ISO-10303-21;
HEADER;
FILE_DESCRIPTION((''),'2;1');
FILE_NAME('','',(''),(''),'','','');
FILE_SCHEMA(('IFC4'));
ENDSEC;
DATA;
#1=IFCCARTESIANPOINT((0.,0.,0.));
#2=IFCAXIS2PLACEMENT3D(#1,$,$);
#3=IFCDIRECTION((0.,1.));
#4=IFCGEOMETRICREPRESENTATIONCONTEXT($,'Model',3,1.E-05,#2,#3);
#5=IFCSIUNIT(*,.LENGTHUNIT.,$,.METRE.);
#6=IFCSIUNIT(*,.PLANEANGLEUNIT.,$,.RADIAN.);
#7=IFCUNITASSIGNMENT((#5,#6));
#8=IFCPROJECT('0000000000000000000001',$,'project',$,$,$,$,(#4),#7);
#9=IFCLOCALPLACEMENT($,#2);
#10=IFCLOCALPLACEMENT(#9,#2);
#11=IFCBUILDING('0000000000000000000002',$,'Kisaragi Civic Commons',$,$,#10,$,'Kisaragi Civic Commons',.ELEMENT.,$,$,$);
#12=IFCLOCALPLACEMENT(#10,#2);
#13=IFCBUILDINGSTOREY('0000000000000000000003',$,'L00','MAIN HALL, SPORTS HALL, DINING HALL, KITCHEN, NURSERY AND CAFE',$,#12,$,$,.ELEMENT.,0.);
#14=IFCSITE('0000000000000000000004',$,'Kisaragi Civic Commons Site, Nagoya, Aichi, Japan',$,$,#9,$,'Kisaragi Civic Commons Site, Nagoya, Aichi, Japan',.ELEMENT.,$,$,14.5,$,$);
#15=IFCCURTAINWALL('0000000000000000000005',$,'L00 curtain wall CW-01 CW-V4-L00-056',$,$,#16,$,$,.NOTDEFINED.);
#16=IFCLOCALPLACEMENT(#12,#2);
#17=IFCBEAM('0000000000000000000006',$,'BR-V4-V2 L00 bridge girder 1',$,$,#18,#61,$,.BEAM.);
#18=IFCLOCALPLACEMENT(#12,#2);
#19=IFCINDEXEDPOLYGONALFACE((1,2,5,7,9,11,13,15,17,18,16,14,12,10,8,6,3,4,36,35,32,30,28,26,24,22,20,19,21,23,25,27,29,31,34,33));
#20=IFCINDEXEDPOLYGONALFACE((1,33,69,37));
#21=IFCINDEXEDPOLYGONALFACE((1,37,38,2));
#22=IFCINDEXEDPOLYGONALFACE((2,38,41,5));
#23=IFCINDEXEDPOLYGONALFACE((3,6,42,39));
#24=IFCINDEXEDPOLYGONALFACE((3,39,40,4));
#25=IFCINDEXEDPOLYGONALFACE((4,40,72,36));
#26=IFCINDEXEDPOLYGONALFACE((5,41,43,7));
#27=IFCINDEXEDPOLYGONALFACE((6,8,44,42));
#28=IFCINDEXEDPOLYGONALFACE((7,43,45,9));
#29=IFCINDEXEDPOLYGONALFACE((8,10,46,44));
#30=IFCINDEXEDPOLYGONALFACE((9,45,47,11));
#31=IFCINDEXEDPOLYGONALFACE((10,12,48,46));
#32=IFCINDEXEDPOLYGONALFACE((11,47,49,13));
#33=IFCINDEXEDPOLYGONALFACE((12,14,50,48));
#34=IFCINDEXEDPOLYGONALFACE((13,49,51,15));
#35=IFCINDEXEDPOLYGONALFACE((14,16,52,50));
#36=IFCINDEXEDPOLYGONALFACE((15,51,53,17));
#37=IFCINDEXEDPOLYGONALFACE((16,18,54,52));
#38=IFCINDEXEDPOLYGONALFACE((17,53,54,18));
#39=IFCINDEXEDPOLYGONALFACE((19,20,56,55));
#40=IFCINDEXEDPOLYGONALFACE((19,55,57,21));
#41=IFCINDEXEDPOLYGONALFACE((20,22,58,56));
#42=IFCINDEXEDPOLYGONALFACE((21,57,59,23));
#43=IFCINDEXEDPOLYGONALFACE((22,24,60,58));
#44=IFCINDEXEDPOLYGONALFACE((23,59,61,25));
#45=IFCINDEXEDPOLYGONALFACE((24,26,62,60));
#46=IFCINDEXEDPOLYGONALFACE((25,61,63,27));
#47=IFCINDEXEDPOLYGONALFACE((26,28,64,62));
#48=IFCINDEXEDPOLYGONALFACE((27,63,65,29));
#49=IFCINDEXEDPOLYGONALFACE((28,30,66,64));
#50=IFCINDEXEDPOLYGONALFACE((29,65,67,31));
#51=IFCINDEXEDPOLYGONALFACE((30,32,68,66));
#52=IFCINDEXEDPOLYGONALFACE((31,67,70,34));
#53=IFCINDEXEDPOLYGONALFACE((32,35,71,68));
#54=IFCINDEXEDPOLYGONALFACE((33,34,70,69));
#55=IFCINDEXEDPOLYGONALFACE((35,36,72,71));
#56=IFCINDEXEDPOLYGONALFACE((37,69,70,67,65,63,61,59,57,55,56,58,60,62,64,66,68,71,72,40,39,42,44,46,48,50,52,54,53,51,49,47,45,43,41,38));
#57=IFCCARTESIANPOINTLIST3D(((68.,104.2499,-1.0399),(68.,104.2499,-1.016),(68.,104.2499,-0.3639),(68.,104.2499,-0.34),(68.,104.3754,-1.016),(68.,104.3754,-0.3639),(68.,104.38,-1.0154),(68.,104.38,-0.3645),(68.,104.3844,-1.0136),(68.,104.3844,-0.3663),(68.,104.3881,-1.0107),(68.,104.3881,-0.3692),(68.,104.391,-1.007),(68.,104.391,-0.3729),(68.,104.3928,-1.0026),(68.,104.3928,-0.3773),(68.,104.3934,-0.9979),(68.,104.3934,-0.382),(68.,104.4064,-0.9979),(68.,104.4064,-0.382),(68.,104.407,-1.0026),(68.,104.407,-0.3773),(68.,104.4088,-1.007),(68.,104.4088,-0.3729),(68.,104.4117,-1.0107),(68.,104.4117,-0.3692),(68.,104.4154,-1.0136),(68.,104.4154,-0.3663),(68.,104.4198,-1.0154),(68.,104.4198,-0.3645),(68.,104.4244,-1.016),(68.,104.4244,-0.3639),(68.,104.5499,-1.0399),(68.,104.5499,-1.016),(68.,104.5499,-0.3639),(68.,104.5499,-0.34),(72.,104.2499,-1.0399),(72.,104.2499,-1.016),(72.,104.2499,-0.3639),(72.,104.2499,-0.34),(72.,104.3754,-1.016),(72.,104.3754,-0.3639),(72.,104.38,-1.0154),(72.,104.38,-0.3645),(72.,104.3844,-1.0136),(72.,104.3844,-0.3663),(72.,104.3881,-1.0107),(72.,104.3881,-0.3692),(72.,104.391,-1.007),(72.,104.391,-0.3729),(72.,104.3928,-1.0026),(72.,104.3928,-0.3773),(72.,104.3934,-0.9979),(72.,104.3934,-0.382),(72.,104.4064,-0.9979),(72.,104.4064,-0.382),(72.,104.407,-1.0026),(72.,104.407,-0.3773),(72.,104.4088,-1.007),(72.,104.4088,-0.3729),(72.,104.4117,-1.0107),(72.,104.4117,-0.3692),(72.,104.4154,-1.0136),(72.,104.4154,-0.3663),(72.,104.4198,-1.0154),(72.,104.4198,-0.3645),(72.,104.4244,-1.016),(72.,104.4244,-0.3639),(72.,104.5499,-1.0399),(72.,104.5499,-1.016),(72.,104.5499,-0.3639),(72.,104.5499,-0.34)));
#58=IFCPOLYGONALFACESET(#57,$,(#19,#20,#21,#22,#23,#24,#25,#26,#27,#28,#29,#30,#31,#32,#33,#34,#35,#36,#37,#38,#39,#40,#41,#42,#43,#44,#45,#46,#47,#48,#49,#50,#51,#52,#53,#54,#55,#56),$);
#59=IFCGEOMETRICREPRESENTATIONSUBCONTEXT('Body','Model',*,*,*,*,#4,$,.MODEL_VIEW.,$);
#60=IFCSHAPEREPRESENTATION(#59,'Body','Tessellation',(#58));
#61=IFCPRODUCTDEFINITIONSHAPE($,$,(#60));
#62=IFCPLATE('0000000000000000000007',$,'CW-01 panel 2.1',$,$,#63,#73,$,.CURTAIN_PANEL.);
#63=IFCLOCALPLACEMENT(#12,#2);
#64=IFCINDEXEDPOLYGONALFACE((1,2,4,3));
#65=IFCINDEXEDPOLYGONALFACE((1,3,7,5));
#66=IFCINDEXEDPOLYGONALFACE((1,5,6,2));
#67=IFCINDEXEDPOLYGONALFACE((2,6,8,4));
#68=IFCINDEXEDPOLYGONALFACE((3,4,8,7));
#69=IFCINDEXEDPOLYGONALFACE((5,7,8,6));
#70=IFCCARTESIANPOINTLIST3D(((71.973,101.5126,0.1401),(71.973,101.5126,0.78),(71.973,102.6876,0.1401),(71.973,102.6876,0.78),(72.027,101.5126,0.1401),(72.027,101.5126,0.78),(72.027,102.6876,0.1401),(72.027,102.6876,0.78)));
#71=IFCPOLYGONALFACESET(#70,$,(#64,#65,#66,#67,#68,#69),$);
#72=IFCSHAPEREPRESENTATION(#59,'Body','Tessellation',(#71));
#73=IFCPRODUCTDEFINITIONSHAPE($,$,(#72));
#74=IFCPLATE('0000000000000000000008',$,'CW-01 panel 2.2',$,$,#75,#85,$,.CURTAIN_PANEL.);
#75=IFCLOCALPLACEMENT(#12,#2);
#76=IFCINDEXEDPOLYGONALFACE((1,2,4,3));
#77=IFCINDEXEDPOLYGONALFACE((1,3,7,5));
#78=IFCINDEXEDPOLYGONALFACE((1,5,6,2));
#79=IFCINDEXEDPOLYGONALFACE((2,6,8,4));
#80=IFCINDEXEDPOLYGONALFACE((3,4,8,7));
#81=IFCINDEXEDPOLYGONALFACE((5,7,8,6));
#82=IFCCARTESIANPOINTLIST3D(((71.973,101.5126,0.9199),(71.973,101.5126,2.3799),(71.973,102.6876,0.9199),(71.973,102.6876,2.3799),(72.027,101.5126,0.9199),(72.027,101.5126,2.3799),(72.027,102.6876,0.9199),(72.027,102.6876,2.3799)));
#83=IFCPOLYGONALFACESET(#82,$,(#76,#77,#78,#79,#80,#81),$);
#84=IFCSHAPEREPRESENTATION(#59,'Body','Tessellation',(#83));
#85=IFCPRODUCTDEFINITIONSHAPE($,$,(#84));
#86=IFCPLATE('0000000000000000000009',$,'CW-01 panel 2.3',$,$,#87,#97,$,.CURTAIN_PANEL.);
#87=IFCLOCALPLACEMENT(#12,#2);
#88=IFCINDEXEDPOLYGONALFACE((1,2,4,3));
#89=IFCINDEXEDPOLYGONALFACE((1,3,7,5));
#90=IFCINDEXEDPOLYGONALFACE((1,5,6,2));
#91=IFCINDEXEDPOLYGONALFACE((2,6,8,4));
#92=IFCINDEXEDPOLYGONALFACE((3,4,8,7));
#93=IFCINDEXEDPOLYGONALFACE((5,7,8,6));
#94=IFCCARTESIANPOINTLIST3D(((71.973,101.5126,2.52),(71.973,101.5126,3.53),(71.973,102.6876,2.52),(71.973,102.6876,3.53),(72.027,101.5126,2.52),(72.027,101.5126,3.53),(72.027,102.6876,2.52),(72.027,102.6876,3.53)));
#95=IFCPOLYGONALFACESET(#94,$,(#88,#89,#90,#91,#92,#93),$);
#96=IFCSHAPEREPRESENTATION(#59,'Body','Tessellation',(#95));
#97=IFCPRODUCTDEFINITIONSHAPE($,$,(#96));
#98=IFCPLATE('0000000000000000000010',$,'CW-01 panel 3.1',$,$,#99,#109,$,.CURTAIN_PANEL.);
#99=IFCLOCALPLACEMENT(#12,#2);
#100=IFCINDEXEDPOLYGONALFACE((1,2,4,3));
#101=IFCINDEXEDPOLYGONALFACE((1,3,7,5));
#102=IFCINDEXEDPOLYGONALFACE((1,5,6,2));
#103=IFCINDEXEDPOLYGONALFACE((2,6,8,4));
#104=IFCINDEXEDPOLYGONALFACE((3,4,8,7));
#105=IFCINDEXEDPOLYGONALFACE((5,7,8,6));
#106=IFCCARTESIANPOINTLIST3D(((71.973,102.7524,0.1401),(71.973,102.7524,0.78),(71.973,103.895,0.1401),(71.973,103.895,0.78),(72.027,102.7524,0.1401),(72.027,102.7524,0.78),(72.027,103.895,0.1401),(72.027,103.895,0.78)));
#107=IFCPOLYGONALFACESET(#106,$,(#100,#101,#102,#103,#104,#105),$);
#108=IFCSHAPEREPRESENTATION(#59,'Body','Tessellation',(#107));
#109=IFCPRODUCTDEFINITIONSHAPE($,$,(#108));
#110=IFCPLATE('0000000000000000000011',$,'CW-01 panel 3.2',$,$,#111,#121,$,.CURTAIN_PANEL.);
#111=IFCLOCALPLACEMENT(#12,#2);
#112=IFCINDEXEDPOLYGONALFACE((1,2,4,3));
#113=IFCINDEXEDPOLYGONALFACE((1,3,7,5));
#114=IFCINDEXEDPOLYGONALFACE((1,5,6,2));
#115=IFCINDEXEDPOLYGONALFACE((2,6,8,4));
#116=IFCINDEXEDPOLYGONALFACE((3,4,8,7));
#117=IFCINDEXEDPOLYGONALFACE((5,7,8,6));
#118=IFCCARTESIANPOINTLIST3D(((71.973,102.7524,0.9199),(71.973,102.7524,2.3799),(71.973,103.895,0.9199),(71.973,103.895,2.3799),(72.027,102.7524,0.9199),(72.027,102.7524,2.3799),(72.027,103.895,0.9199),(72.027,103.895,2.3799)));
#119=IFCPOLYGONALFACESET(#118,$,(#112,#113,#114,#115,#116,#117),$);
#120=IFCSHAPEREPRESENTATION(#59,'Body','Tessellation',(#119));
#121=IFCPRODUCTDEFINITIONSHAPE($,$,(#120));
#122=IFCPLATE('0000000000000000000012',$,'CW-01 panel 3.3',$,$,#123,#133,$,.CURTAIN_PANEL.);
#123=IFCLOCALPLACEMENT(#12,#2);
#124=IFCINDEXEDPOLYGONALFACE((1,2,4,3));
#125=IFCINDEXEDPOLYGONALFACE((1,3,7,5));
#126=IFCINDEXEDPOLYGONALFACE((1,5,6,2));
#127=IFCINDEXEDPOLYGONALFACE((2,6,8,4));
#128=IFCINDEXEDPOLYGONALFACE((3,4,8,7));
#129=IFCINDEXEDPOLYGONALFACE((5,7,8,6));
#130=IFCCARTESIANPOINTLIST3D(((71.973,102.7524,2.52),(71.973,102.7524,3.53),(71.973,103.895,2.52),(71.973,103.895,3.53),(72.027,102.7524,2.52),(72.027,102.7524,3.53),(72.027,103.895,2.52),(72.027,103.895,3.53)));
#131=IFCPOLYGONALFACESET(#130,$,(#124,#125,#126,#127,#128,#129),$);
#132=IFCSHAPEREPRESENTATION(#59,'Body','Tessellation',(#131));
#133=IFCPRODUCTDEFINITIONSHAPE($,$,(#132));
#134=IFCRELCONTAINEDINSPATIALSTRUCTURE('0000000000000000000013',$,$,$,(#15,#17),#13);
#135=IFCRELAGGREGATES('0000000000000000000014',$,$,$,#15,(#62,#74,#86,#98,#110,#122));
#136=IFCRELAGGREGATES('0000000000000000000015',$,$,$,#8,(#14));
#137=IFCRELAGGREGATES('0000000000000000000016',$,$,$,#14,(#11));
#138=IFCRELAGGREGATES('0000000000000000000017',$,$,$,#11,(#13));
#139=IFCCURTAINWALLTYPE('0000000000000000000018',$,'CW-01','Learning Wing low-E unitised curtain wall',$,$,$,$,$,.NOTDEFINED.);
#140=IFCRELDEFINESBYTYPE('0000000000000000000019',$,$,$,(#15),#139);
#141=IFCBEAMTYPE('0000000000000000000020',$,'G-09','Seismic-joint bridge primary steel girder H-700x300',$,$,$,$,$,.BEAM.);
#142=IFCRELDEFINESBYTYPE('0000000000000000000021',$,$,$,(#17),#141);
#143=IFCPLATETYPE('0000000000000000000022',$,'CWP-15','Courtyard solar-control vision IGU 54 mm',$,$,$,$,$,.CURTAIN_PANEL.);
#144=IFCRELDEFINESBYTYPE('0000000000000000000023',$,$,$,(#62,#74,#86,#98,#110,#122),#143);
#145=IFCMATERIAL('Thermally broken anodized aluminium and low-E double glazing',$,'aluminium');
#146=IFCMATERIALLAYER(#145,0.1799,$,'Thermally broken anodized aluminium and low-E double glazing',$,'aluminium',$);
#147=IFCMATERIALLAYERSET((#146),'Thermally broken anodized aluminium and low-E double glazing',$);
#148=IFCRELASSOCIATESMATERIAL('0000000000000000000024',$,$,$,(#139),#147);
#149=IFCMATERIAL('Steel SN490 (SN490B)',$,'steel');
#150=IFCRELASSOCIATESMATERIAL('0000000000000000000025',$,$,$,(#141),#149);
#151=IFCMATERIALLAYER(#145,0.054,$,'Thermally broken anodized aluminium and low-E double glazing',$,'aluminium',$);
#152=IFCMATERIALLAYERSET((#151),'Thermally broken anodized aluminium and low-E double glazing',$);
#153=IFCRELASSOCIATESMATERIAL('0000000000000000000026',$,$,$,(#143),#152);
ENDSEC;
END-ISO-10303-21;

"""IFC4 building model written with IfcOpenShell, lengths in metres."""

from ifc_helpers import new_model, si_unit, direction, frame, origin, origin_2d, place, context, subcontext, project, spatial, rectangle, i_section, extrude, material, layer, layer_set, material_profile, profile_set, type_object, element, aggregate, save


model = new_model("IFC4")

# Units and contexts
model_context = context("Model", 3, precision=1e-05, world=origin(), true_north=direction((0.0, 1.0)))
body_context = subcontext(model_context, "Body", "Model", "MODEL_VIEW")
ifc_project = project(units=[si_unit("LENGTHUNIT", "METRE"), si_unit("PLANEANGLEUNIT", "RADIAN")], contexts=[model_context])

# Site, building, storey
site_placement = place(None, origin())
site = spatial("IfcSite", under=ifc_project, at=site_placement, Name="Kisaragi Civic Commons Site, Nagoya, Aichi, Japan", LongName="Kisaragi Civic Commons Site, Nagoya, Aichi, Japan", CompositionType="ELEMENT", RefElevation=14.5)
building_placement = place(site_placement, origin())
building = spatial("IfcBuilding", under=site, at=building_placement, Name="Kisaragi Civic Commons", LongName="Kisaragi Civic Commons", CompositionType="ELEMENT")
storey_placement = place(building_placement, origin())
storey = spatial("IfcBuildingStorey", under=building, at=storey_placement, Name="L00", Description="MAIN HALL, SPORTS HALL, DINING HALL, KITCHEN, NURSERY AND CAFE", CompositionType="ELEMENT", Elevation=0.0)

# Curtain wall
ifc_material_1 = material(Name="Thermally broken anodized aluminium and low-E double glazing", Category="aluminium")
ifc_layer_1 = layer(ifc_material_1, 0.1799, Name="Thermally broken anodized aluminium and low-E double glazing", Category="aluminium")
ifc_layer_set_1 = layer_set([ifc_layer_1], Name="Thermally broken anodized aluminium and low-E double glazing")
curtain_wall_type = type_object("IfcCurtainWallType", Name="CW-01", Description="Learning Wing low-E unitised curtain wall", PredefinedType="NOTDEFINED", material=ifc_layer_set_1)
curtain_wall_placement = place(storey_placement, origin())
curtain_wall = element("IfcCurtainWall", 1, at=curtain_wall_placement, inside=storey, type_object=curtain_wall_type, Name="L00 curtain wall CW-01 CW-V4-L00-056", PredefinedType="NOTDEFINED")

# Beam
ifc_material_2 = material(Name="Steel SN490 (SN490B)", Category="steel")
ifc_material_profile_1 = material_profile(ifc_material_2, i_section(OverallWidth=0.3, OverallDepth=0.7, WebThickness=0.0129, FlangeThickness=0.0239, FilletRadius=0.0181, at=origin_2d()), Name="H-700x300x13x24", Category="steel")
ifc_profile_set_1 = profile_set([ifc_material_profile_1], Name="Steel SN490 (SN490B)")
beam_type_1 = type_object("IfcBeamType", Name="G-09", Description="Seismic-joint bridge primary steel girder H-700x300", PredefinedType="BEAM", material=ifc_profile_set_1)
beam_1_placement = place(storey_placement, frame((72.0, 104.3999, -0.6899), z_axis=(-1.0, 0.0, 0.0), x_axis=(0.0, -1.0, 0.0)))
element("IfcBeam", 2, at=beam_1_placement, inside=storey, type_object=beam_type_1, Name="BR-V4-V2 L00 bridge girder 1", PredefinedType="BEAM", context=body_context, shape_type="SweptSolid", body=[
    extrude(i_section(OverallWidth=0.3, OverallDepth=0.7, WebThickness=0.0129, FlangeThickness=0.0239, FilletRadius=0.0181, at=origin_2d()), origin(), (0.0, 0.0, 1.0), 4.0),
])

# Plates
ifc_layer_2 = layer(ifc_material_1, 0.054, Name="Thermally broken anodized aluminium and low-E double glazing", Category="aluminium")
ifc_layer_set_2 = layer_set([ifc_layer_2], Name="Thermally broken anodized aluminium and low-E double glazing")
plate_type = type_object("IfcPlateType", Name="CWP-15", Description="Courtyard solar-control vision IGU 54 mm", PredefinedType="CURTAIN_PANEL", material=ifc_layer_set_2)
plate_1_placement = place(storey_placement, frame((72.0, 102.1001, 0.1401), z_axis=(0.0, 0.0, 1.0), x_axis=(0.0, 1.0, 0.0)))
plate_1 = element("IfcPlate", 3, at=plate_1_placement, type_object=plate_type, Name="CW-01 panel 2.1", PredefinedType="CURTAIN_PANEL", context=body_context, shape_type="SweptSolid", body=[
    extrude(rectangle(XDim=1.175, YDim=0.054, at=origin_2d()), origin(), (0.0, 0.0, 1.0), 0.6399),
])
plate_2_placement = place(storey_placement, frame((72.0, 102.1001, 0.9199), z_axis=(0.0, 0.0, 1.0), x_axis=(0.0, 1.0, 0.0)))
plate_2 = element("IfcPlate", 4, at=plate_2_placement, type_object=plate_type, Name="CW-01 panel 2.2", PredefinedType="CURTAIN_PANEL", context=body_context, shape_type="SweptSolid", body=[
    extrude(rectangle(XDim=1.175, YDim=0.054, at=origin_2d()), origin(), (0.0, 0.0, 1.0), 1.46),
])
plate_3_placement = place(storey_placement, frame((72.0, 102.1001, 2.52), z_axis=(0.0, 0.0, 1.0), x_axis=(0.0, 1.0, 0.0)))
plate_3 = element("IfcPlate", 5, at=plate_3_placement, type_object=plate_type, Name="CW-01 panel 2.3", PredefinedType="CURTAIN_PANEL", context=body_context, shape_type="SweptSolid", body=[
    extrude(rectangle(XDim=1.175, YDim=0.054, at=origin_2d()), origin(), (0.0, 0.0, 1.0), 1.01),
])
plate_4_placement = place(storey_placement, frame((72.0, 103.3237, 0.1401), z_axis=(0.0, 0.0, 1.0), x_axis=(0.0, 1.0, 0.0)))
plate_4 = element("IfcPlate", 6, at=plate_4_placement, type_object=plate_type, Name="CW-01 panel 3.1", PredefinedType="CURTAIN_PANEL", context=body_context, shape_type="SweptSolid", body=[
    extrude(rectangle(XDim=1.1426, YDim=0.054, at=origin_2d()), origin(), (0.0, 0.0, 1.0), 0.6399),
])
plate_5_placement = place(storey_placement, frame((72.0, 103.3237, 0.9199), z_axis=(0.0, 0.0, 1.0), x_axis=(0.0, 1.0, 0.0)))
plate_5 = element("IfcPlate", 7, at=plate_5_placement, type_object=plate_type, Name="CW-01 panel 3.2", PredefinedType="CURTAIN_PANEL", context=body_context, shape_type="SweptSolid", body=[
    extrude(rectangle(XDim=1.1426, YDim=0.054, at=origin_2d()), origin(), (0.0, 0.0, 1.0), 1.46),
])
plate_6_placement = place(storey_placement, frame((72.0, 103.3237, 2.52), z_axis=(0.0, 0.0, 1.0), x_axis=(0.0, 1.0, 0.0)))
plate_6 = element("IfcPlate", 8, at=plate_6_placement, type_object=plate_type, Name="CW-01 panel 3.3", PredefinedType="CURTAIN_PANEL", context=body_context, shape_type="SweptSolid", body=[
    extrude(rectangle(XDim=1.1426, YDim=0.054, at=origin_2d()), origin(), (0.0, 0.0, 1.0), 1.01),
])
aggregate(curtain_wall, [plate_1, plate_2, plate_3, plate_4, plate_5, plate_6])

save(model, "model.ifc")
